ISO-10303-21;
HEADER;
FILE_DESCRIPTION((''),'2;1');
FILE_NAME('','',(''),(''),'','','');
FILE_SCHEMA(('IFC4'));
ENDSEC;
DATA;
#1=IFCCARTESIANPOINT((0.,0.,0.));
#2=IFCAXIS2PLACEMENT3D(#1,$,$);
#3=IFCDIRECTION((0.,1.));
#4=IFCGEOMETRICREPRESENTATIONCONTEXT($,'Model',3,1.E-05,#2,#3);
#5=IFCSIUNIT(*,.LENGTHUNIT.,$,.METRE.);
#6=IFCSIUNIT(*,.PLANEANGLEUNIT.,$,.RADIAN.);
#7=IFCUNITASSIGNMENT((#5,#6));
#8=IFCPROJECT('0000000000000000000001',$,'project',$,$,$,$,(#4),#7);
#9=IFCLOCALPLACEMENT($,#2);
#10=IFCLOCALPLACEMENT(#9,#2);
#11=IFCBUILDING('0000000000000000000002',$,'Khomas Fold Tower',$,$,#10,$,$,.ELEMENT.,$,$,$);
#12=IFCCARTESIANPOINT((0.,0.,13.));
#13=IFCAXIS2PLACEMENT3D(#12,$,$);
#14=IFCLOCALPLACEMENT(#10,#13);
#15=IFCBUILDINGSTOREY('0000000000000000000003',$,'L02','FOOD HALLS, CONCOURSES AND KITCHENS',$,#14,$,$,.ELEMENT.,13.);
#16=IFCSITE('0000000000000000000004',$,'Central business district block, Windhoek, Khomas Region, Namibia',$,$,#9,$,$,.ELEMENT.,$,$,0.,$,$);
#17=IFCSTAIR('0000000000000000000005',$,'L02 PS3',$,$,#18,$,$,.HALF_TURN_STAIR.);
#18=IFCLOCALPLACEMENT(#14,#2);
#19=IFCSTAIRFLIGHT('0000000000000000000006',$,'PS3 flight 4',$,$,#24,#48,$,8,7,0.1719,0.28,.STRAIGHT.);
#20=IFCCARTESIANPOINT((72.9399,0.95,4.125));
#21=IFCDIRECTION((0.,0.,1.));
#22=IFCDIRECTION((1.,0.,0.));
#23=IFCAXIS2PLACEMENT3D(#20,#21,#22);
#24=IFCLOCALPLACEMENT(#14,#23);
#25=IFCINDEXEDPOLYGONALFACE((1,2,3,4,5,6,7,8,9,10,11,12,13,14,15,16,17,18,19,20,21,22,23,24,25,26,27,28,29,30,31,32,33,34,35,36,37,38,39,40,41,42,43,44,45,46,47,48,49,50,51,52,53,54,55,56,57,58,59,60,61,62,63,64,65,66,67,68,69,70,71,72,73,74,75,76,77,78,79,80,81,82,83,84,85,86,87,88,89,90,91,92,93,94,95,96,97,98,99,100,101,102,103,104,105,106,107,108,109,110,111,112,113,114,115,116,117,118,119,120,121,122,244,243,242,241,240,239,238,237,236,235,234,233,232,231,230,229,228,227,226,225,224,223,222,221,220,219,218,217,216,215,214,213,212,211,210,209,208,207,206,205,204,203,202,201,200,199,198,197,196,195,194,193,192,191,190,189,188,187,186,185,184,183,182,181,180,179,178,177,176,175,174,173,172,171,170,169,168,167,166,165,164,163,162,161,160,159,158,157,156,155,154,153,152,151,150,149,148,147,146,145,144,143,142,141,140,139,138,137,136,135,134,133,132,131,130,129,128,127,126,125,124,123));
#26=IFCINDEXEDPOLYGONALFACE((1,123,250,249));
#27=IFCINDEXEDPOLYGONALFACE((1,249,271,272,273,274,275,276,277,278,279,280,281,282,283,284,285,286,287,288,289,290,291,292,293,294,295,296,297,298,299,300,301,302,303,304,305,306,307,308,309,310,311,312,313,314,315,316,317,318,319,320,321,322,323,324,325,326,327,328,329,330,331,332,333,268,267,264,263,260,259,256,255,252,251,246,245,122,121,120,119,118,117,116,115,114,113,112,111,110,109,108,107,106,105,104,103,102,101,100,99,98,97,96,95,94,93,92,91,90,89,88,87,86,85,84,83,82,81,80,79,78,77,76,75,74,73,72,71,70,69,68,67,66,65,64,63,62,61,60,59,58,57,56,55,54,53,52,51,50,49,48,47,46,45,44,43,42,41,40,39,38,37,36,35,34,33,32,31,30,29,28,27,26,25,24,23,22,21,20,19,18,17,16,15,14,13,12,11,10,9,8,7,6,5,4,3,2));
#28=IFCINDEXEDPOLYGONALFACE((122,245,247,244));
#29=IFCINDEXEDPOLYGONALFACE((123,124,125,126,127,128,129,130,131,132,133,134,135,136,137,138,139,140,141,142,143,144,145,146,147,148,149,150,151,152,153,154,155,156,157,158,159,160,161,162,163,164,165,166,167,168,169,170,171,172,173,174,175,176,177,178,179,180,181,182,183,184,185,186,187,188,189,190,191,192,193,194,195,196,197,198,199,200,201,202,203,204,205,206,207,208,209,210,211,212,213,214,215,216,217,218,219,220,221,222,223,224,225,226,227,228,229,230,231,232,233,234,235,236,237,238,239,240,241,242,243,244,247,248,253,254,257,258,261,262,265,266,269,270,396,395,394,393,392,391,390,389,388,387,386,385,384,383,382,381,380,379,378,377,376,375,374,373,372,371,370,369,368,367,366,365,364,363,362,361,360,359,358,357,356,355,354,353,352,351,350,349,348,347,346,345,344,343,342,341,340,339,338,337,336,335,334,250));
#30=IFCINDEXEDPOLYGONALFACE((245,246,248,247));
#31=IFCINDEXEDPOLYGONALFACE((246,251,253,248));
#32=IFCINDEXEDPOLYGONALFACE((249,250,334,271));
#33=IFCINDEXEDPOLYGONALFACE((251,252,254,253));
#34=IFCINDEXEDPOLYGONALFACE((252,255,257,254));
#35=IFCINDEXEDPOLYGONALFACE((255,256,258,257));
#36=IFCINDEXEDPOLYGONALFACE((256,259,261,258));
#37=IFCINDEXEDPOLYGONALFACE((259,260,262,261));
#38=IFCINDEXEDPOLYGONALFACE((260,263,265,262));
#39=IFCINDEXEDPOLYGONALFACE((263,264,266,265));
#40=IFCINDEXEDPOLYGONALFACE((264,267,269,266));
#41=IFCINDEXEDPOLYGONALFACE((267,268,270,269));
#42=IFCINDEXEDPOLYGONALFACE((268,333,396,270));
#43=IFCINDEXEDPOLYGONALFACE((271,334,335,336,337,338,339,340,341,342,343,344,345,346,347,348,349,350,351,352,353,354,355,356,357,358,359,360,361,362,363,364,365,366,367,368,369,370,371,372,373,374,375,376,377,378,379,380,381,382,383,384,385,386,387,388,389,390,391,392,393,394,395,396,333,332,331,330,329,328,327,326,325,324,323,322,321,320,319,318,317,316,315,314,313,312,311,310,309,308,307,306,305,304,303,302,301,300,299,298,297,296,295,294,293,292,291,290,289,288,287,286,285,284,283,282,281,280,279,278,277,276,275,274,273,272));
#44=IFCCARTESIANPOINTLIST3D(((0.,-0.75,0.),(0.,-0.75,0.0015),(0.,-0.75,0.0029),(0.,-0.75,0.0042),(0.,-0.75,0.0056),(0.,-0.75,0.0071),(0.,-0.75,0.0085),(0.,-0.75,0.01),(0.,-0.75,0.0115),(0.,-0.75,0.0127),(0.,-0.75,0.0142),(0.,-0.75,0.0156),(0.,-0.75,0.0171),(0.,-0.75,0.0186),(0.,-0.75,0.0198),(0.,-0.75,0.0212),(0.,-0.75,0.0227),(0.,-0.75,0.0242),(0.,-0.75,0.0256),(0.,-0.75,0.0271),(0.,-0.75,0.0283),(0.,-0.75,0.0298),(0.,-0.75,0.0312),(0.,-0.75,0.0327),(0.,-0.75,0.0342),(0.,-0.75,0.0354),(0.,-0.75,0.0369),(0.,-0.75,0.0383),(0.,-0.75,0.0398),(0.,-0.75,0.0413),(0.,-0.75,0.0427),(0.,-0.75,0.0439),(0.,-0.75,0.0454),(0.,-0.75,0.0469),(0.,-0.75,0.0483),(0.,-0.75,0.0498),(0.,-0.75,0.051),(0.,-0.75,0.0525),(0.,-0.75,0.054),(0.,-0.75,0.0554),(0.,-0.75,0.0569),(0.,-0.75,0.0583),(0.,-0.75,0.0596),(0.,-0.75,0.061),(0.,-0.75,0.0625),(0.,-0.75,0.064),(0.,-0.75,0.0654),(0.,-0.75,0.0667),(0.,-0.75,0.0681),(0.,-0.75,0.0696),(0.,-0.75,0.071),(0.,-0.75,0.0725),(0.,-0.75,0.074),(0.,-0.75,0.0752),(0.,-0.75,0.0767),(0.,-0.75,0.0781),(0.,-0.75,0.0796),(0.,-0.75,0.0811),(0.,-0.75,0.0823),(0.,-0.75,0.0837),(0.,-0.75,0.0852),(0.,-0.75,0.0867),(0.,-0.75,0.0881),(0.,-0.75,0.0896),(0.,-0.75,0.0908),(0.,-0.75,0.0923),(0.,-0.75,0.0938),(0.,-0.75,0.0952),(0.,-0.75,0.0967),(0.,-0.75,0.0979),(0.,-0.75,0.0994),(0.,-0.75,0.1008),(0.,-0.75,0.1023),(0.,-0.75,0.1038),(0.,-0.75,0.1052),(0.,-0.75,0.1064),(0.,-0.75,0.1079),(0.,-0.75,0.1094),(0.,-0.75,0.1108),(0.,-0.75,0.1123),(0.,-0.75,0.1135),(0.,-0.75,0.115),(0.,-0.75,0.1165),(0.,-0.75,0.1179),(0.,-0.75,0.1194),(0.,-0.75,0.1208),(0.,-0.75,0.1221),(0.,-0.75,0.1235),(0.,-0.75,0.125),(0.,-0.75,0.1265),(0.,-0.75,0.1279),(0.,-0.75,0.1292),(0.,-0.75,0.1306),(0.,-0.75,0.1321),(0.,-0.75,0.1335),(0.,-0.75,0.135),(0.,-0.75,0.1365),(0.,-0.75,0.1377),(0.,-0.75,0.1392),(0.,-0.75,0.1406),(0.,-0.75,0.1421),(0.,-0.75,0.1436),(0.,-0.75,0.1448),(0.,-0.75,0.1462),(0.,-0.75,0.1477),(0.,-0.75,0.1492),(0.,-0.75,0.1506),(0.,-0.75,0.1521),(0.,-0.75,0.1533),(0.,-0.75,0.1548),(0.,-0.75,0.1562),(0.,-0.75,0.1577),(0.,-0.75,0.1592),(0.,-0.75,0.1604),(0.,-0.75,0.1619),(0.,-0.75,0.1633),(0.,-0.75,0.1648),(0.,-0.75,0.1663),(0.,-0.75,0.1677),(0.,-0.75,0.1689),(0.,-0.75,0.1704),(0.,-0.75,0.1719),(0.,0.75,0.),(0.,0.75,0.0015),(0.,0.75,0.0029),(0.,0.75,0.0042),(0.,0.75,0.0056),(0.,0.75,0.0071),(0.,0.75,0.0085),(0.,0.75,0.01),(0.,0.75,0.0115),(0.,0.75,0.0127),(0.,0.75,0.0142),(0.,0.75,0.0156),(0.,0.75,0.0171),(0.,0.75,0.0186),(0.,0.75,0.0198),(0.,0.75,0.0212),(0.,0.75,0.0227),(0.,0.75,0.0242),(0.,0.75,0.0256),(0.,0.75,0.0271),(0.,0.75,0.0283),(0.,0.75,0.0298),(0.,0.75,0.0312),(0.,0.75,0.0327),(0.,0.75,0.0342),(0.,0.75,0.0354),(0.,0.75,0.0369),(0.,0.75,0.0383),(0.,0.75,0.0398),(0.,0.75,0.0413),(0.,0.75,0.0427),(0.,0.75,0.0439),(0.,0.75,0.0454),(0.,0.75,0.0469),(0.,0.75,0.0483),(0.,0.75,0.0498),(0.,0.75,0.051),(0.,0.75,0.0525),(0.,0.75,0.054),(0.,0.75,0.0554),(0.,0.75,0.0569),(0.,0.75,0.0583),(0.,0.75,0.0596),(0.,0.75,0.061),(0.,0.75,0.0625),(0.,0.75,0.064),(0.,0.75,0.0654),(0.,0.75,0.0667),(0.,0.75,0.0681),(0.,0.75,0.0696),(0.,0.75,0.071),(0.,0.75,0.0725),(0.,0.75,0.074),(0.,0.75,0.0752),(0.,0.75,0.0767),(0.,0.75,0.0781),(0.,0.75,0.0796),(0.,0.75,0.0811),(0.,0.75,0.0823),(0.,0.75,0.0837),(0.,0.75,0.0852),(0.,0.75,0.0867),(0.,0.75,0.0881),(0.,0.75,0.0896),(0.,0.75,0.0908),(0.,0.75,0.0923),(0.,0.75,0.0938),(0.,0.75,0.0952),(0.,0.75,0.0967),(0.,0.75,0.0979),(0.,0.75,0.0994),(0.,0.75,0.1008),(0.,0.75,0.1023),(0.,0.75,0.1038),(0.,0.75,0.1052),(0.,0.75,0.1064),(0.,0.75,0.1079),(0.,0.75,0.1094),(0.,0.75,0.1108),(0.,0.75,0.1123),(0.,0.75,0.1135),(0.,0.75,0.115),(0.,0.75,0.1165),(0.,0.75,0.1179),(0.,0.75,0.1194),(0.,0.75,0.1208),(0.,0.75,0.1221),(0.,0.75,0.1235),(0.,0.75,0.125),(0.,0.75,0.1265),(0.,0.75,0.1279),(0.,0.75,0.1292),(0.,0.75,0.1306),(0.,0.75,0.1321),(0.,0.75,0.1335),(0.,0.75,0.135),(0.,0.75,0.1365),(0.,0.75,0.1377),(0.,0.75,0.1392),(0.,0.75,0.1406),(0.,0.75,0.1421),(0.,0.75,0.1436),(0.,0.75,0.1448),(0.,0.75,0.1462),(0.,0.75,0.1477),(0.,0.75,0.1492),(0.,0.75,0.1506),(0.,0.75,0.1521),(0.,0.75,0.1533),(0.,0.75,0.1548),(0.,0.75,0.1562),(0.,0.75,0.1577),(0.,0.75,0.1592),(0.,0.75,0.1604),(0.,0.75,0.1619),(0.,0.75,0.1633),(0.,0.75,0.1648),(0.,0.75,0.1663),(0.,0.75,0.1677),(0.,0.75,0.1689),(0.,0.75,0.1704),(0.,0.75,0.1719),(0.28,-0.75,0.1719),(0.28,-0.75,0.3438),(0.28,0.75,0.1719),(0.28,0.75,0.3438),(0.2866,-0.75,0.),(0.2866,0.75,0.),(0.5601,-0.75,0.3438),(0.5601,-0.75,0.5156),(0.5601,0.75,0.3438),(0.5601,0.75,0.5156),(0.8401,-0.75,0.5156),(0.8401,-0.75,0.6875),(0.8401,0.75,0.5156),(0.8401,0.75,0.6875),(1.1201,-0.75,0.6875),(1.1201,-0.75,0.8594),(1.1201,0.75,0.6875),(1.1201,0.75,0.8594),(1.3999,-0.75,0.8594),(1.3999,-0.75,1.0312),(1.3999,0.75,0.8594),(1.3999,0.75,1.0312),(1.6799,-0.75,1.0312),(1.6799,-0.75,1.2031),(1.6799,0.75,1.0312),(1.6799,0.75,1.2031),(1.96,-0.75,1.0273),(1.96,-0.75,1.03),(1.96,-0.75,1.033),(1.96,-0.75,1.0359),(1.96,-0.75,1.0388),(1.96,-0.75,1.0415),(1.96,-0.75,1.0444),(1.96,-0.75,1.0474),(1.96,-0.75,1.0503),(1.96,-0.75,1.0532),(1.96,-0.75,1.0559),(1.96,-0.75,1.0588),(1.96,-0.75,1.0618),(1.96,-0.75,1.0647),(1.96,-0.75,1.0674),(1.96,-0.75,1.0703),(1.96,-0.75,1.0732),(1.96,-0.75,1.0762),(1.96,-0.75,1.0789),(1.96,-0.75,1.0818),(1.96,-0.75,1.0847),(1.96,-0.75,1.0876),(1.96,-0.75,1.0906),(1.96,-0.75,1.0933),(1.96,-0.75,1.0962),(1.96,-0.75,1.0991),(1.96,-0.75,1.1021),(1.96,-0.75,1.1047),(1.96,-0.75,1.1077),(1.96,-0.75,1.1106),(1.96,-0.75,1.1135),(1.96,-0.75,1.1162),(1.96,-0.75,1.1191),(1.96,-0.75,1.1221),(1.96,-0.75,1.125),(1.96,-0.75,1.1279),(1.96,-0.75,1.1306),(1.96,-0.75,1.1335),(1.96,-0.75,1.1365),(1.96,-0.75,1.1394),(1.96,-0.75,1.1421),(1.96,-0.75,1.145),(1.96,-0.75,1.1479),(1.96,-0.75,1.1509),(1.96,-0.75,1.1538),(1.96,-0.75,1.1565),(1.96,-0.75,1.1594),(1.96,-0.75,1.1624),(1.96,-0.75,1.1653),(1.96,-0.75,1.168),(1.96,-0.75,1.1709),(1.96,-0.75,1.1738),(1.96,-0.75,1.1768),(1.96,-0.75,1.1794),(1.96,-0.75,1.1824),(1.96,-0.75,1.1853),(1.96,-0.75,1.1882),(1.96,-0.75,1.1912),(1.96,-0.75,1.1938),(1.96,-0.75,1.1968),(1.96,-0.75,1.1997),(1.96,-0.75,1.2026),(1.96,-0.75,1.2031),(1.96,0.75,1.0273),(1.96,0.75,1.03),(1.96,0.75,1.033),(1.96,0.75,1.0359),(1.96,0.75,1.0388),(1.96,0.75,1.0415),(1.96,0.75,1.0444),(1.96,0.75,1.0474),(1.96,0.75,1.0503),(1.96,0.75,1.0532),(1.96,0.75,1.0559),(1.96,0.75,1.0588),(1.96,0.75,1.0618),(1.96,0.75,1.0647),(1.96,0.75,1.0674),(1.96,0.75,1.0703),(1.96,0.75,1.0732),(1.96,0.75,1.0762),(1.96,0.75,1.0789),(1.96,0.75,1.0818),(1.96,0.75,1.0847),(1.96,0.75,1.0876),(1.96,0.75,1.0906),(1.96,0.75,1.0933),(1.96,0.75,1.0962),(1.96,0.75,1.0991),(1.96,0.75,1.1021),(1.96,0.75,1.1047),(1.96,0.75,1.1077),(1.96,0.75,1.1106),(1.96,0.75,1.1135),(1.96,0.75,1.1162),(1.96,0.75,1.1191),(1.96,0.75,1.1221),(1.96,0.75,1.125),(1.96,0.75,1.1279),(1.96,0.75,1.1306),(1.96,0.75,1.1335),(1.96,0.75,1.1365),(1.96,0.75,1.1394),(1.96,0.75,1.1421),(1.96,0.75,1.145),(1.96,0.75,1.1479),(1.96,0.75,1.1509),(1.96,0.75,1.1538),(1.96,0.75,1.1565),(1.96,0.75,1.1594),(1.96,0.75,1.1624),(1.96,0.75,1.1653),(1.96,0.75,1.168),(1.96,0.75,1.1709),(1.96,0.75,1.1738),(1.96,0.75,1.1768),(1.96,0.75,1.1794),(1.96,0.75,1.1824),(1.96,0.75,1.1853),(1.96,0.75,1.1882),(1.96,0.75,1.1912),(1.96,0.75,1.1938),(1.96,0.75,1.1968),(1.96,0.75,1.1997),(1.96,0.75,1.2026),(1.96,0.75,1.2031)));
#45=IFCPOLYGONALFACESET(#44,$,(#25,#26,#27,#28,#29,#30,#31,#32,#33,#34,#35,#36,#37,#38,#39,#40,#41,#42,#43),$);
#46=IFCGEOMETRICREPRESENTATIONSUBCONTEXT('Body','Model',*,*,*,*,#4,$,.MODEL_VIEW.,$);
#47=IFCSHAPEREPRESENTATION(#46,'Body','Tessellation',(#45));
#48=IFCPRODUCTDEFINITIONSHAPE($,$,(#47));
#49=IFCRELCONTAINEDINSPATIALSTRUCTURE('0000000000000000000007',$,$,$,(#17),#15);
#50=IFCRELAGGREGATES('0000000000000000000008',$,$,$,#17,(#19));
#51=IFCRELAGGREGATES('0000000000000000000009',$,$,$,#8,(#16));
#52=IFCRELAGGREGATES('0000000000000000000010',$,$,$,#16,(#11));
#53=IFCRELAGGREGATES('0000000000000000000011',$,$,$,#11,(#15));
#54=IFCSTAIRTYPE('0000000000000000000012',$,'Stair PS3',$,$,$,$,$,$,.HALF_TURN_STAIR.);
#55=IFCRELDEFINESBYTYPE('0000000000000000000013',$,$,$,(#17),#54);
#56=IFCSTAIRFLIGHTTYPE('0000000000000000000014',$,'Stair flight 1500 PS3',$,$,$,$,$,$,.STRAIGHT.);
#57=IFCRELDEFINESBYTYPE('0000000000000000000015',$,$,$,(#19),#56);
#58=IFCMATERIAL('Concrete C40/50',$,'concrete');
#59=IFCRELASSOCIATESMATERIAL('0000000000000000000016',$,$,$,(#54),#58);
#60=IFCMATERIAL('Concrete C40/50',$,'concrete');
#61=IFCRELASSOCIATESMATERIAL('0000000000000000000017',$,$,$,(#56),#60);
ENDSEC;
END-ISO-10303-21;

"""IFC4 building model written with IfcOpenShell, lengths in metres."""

from ifc_helpers import new_model, si_unit, direction, frame, origin, place, context, subcontext, project, spatial, polyline, outline, extrude, source, transform, mapped, material, type_object, element, aggregate, save


model = new_model("IFC4")

# Units and contexts
model_context = context("Model", 3, precision=1e-05, world=origin(), true_north=direction((0.0, 1.0)))
body_context = subcontext(model_context, "Body", "Model", "MODEL_VIEW")
ifc_project = project(units=[si_unit("LENGTHUNIT", "METRE"), si_unit("PLANEANGLEUNIT", "RADIAN")], contexts=[model_context])

# Site, building, storey
site_placement = place(None, origin())
site = spatial("IfcSite", under=ifc_project, at=site_placement, Name="Central business district block, Windhoek, Khomas Region, Namibia", CompositionType="ELEMENT", RefElevation=0.0)
building_placement = place(site_placement, origin())
building = spatial("IfcBuilding", under=site, at=building_placement, Name="Khomas Fold Tower", CompositionType="ELEMENT")
storey_placement = place(building_placement, frame((0.0, 0.0, 13.0)))
storey = spatial("IfcBuildingStorey", under=building, at=storey_placement, Name="L02", Description="FOOD HALLS, CONCOURSES AND KITCHENS", CompositionType="ELEMENT", Elevation=13.0)

# Stair, stair flight
ifc_material_1 = material(Name="Concrete C40/50", Category="concrete")
stair_type = type_object("IfcStairType", Name="Stair PS3", PredefinedType="HALF_TURN_STAIR", material=ifc_material_1)
stair_placement = place(storey_placement, origin())
stair = element("IfcStair", 1, at=stair_placement, inside=storey, type_object=stair_type, Name="L02 PS3", PredefinedType="HALF_TURN_STAIR")
ifc_material_2 = material(Name="Concrete C40/50", Category="concrete")
stair_flight_type = type_object("IfcStairFlightType", Name="Stair flight 1500 PS3", PredefinedType="STRAIGHT", material=ifc_material_2)
shared_shape_1 = source(origin(), body_context, "Body", "SweptSolid", [
    extrude(outline(polyline([(0.0, 0.0), (0.0, 0.0015), (0.0, 0.0029), (0.0, 0.0042), (0.0, 0.0056), (0.0, 0.0071), (0.0, 0.0085), (0.0, 0.01), (0.0, 0.0115), (0.0, 0.0127), (0.0, 0.0142), (0.0, 0.0156), (0.0, 0.0171), (0.0, 0.0186), (0.0, 0.0198), (0.0, 0.0212), (0.0, 0.0227), (0.0, 0.0242), (0.0, 0.0256), (0.0, 0.0271), (0.0, 0.0283), (0.0, 0.0298), (0.0, 0.0312), (0.0, 0.0327), (0.0, 0.0342), (0.0, 0.0354), (0.0, 0.0369), (0.0, 0.0383), (0.0, 0.0398), (0.0, 0.0413), (0.0, 0.0427), (0.0, 0.0439), (0.0, 0.0454), (0.0, 0.0469), (0.0, 0.0483), (0.0, 0.0498), (0.0, 0.051), (0.0, 0.0525), (0.0, 0.054), (0.0, 0.0554), (0.0, 0.0569), (0.0, 0.0583), (0.0, 0.0596), (0.0, 0.061), (0.0, 0.0625), (0.0, 0.064), (0.0, 0.0654), (0.0, 0.0667), (0.0, 0.0681), (0.0, 0.0696), (0.0, 0.071), (0.0, 0.0725), (0.0, 0.074), (0.0, 0.0752), (0.0, 0.0767), (0.0, 0.0781), (0.0, 0.0796), (0.0, 0.0811), (0.0, 0.0823), (0.0, 0.0837), (0.0, 0.0852), (0.0, 0.0867), (0.0, 0.0881), (0.0, 0.0896), (0.0, 0.0908), (0.0, 0.0923), (0.0, 0.0938), (0.0, 0.0952), (0.0, 0.0967), (0.0, 0.0979), (0.0, 0.0994), (0.0, 0.1008), (0.0, 0.1023), (0.0, 0.1038), (0.0, 0.1052), (0.0, 0.1064), (0.0, 0.1079), (0.0, 0.1094), (0.0, 0.1108), (0.0, 0.1123), (0.0, 0.1135), (0.0, 0.115), (0.0, 0.1165), (0.0, 0.1179), (0.0, 0.1194), (0.0, 0.1208), (0.0, 0.1221), (0.0, 0.1235), (0.0, 0.125), (0.0, 0.1265), (0.0, 0.1279), (0.0, 0.1292), (0.0, 0.1306), (0.0, 0.1321), (0.0, 0.1335), (0.0, 0.135), (0.0, 0.1365), (0.0, 0.1377), (0.0, 0.1392), (0.0, 0.1406), (0.0, 0.1421), (0.0, 0.1436), (0.0, 0.1448), (0.0, 0.1462), (0.0, 0.1477), (0.0, 0.1492), (0.0, 0.1506), (0.0, 0.1521), (0.0, 0.1533), (0.0, 0.1548), (0.0, 0.1562), (0.0, 0.1577), (0.0, 0.1592), (0.0, 0.1604), (0.0, 0.1619), (0.0, 0.1633), (0.0, 0.1648), (0.0, 0.1663), (0.0, 0.1677), (0.0, 0.1689), (0.0, 0.1704), (0.0, 0.1719), (0.28, 0.1719), (0.28, 0.3438), (0.5601, 0.3438), (0.5601, 0.5156), (0.8401, 0.5156), (0.8401, 0.6875), (1.1201, 0.6875), (1.1201, 0.8594), (1.3999, 0.8594), (1.3999, 1.0312), (1.6799, 1.0312), (1.6799, 1.2031), (1.96, 1.2031), (1.96, 1.375), (1.96, 1.3721), (1.96, 1.3691), (1.96, 1.3665), (1.96, 1.3635), (1.96, 1.3606), (1.96, 1.3577), (1.96, 1.355), (1.96, 1.3521), (1.96, 1.3491), (1.96, 1.3462), (1.96, 1.3435), (1.96, 1.3406), (1.96, 1.3376), (1.96, 1.3347), (1.96, 1.3318), (1.96, 1.3291), (1.96, 1.3262), (1.96, 1.3232), (1.96, 1.3203), (1.96, 1.3176), (1.96, 1.3147), (1.96, 1.3118), (1.96, 1.3088), (1.96, 1.3059), (1.96, 1.3032), (1.96, 1.3003), (1.96, 1.2974), (1.96, 1.2944), (1.96, 1.2917), (1.96, 1.2888), (1.96, 1.2859), (1.96, 1.283), (1.96, 1.2803), (1.96, 1.2773), (1.96, 1.2744), (1.96, 1.2715), (1.96, 1.2686), (1.96, 1.2659), (1.96, 1.2629), (1.96, 1.26), (1.96, 1.2571), (1.96, 1.2544), (1.96, 1.2515), (1.96, 1.2485), (1.96, 1.2456), (1.96, 1.2427), (1.96, 1.24), (1.96, 1.2371), (1.96, 1.2341), (1.96, 1.2312), (1.96, 1.2285), (1.96, 1.2256), (1.96, 1.2227), (1.96, 1.2197), (1.96, 1.217), (1.96, 1.2141), (1.96, 1.2112), (1.96, 1.2083), (1.96, 1.2053), (1.96, 1.2026), (1.96, 1.1997), (1.96, 1.1968), (1.96, 1.1938), (1.96, 1.1912), (1.96, 1.1882), (1.96, 1.1853), (1.96, 1.1824), (1.96, 1.1794), (1.96, 1.1768), (1.96, 1.1738), (1.96, 1.1709), (1.96, 1.168), (1.96, 1.1653), (1.96, 1.1624), (1.96, 1.1594), (1.96, 1.1565), (1.96, 1.1538), (1.96, 1.1509), (1.96, 1.1479), (1.96, 1.145), (1.96, 1.1421), (1.96, 1.1394), (1.96, 1.1365), (1.96, 1.1335), (1.96, 1.1306), (1.96, 1.1279), (1.96, 1.125), (1.96, 1.1221), (1.96, 1.1191), (1.96, 1.1162), (1.96, 1.1135), (1.96, 1.1106), (1.96, 1.1077), (1.96, 1.1047), (1.96, 1.1021), (1.96, 1.0991), (1.96, 1.0962), (1.96, 1.0933), (1.96, 1.0906), (1.96, 1.0876), (1.96, 1.0847), (1.96, 1.0818), (1.96, 1.0789), (1.96, 1.0762), (1.96, 1.0732), (1.96, 1.0703), (1.96, 1.0674), (1.96, 1.0647), (1.96, 1.0618), (1.96, 1.0588), (1.96, 1.0559), (1.96, 1.0532), (1.96, 1.0503), (1.96, 1.0474), (1.96, 1.0444), (1.96, 1.0415), (1.96, 1.0388), (1.96, 1.0359), (1.96, 1.033), (1.96, 1.03), (1.96, 1.0273), (0.2866, 0.0), (0.0, 0.0)])), frame((0.0, 0.75, 0.0), z_axis=(0.0, -1.0, 0.0), x_axis=(1.0, 0.0, 0.0)), (0.0, 0.0, 1.0), 1.5),
])
stair_flight_1_placement = place(storey_placement, frame((72.9399, 0.95, 4.125), z_axis=(0.0, 0.0, 1.0), x_axis=(1.0, 0.0, 0.0)))
stair_flight_1 = element("IfcStairFlight", 2, at=stair_flight_1_placement, type_object=stair_flight_type, Name="PS3 flight 4", NumberOfRisers=8, NumberOfTreads=7, PredefinedType="STRAIGHT", RiserHeight=0.1719, TreadLength=0.28, context=body_context, shape_type="MappedRepresentation", body=[
    mapped(shared_shape_1, transform((0.0, 0.0, 0.0))),
])
aggregate(stair, [stair_flight_1])

save(model, "model.ifc")
